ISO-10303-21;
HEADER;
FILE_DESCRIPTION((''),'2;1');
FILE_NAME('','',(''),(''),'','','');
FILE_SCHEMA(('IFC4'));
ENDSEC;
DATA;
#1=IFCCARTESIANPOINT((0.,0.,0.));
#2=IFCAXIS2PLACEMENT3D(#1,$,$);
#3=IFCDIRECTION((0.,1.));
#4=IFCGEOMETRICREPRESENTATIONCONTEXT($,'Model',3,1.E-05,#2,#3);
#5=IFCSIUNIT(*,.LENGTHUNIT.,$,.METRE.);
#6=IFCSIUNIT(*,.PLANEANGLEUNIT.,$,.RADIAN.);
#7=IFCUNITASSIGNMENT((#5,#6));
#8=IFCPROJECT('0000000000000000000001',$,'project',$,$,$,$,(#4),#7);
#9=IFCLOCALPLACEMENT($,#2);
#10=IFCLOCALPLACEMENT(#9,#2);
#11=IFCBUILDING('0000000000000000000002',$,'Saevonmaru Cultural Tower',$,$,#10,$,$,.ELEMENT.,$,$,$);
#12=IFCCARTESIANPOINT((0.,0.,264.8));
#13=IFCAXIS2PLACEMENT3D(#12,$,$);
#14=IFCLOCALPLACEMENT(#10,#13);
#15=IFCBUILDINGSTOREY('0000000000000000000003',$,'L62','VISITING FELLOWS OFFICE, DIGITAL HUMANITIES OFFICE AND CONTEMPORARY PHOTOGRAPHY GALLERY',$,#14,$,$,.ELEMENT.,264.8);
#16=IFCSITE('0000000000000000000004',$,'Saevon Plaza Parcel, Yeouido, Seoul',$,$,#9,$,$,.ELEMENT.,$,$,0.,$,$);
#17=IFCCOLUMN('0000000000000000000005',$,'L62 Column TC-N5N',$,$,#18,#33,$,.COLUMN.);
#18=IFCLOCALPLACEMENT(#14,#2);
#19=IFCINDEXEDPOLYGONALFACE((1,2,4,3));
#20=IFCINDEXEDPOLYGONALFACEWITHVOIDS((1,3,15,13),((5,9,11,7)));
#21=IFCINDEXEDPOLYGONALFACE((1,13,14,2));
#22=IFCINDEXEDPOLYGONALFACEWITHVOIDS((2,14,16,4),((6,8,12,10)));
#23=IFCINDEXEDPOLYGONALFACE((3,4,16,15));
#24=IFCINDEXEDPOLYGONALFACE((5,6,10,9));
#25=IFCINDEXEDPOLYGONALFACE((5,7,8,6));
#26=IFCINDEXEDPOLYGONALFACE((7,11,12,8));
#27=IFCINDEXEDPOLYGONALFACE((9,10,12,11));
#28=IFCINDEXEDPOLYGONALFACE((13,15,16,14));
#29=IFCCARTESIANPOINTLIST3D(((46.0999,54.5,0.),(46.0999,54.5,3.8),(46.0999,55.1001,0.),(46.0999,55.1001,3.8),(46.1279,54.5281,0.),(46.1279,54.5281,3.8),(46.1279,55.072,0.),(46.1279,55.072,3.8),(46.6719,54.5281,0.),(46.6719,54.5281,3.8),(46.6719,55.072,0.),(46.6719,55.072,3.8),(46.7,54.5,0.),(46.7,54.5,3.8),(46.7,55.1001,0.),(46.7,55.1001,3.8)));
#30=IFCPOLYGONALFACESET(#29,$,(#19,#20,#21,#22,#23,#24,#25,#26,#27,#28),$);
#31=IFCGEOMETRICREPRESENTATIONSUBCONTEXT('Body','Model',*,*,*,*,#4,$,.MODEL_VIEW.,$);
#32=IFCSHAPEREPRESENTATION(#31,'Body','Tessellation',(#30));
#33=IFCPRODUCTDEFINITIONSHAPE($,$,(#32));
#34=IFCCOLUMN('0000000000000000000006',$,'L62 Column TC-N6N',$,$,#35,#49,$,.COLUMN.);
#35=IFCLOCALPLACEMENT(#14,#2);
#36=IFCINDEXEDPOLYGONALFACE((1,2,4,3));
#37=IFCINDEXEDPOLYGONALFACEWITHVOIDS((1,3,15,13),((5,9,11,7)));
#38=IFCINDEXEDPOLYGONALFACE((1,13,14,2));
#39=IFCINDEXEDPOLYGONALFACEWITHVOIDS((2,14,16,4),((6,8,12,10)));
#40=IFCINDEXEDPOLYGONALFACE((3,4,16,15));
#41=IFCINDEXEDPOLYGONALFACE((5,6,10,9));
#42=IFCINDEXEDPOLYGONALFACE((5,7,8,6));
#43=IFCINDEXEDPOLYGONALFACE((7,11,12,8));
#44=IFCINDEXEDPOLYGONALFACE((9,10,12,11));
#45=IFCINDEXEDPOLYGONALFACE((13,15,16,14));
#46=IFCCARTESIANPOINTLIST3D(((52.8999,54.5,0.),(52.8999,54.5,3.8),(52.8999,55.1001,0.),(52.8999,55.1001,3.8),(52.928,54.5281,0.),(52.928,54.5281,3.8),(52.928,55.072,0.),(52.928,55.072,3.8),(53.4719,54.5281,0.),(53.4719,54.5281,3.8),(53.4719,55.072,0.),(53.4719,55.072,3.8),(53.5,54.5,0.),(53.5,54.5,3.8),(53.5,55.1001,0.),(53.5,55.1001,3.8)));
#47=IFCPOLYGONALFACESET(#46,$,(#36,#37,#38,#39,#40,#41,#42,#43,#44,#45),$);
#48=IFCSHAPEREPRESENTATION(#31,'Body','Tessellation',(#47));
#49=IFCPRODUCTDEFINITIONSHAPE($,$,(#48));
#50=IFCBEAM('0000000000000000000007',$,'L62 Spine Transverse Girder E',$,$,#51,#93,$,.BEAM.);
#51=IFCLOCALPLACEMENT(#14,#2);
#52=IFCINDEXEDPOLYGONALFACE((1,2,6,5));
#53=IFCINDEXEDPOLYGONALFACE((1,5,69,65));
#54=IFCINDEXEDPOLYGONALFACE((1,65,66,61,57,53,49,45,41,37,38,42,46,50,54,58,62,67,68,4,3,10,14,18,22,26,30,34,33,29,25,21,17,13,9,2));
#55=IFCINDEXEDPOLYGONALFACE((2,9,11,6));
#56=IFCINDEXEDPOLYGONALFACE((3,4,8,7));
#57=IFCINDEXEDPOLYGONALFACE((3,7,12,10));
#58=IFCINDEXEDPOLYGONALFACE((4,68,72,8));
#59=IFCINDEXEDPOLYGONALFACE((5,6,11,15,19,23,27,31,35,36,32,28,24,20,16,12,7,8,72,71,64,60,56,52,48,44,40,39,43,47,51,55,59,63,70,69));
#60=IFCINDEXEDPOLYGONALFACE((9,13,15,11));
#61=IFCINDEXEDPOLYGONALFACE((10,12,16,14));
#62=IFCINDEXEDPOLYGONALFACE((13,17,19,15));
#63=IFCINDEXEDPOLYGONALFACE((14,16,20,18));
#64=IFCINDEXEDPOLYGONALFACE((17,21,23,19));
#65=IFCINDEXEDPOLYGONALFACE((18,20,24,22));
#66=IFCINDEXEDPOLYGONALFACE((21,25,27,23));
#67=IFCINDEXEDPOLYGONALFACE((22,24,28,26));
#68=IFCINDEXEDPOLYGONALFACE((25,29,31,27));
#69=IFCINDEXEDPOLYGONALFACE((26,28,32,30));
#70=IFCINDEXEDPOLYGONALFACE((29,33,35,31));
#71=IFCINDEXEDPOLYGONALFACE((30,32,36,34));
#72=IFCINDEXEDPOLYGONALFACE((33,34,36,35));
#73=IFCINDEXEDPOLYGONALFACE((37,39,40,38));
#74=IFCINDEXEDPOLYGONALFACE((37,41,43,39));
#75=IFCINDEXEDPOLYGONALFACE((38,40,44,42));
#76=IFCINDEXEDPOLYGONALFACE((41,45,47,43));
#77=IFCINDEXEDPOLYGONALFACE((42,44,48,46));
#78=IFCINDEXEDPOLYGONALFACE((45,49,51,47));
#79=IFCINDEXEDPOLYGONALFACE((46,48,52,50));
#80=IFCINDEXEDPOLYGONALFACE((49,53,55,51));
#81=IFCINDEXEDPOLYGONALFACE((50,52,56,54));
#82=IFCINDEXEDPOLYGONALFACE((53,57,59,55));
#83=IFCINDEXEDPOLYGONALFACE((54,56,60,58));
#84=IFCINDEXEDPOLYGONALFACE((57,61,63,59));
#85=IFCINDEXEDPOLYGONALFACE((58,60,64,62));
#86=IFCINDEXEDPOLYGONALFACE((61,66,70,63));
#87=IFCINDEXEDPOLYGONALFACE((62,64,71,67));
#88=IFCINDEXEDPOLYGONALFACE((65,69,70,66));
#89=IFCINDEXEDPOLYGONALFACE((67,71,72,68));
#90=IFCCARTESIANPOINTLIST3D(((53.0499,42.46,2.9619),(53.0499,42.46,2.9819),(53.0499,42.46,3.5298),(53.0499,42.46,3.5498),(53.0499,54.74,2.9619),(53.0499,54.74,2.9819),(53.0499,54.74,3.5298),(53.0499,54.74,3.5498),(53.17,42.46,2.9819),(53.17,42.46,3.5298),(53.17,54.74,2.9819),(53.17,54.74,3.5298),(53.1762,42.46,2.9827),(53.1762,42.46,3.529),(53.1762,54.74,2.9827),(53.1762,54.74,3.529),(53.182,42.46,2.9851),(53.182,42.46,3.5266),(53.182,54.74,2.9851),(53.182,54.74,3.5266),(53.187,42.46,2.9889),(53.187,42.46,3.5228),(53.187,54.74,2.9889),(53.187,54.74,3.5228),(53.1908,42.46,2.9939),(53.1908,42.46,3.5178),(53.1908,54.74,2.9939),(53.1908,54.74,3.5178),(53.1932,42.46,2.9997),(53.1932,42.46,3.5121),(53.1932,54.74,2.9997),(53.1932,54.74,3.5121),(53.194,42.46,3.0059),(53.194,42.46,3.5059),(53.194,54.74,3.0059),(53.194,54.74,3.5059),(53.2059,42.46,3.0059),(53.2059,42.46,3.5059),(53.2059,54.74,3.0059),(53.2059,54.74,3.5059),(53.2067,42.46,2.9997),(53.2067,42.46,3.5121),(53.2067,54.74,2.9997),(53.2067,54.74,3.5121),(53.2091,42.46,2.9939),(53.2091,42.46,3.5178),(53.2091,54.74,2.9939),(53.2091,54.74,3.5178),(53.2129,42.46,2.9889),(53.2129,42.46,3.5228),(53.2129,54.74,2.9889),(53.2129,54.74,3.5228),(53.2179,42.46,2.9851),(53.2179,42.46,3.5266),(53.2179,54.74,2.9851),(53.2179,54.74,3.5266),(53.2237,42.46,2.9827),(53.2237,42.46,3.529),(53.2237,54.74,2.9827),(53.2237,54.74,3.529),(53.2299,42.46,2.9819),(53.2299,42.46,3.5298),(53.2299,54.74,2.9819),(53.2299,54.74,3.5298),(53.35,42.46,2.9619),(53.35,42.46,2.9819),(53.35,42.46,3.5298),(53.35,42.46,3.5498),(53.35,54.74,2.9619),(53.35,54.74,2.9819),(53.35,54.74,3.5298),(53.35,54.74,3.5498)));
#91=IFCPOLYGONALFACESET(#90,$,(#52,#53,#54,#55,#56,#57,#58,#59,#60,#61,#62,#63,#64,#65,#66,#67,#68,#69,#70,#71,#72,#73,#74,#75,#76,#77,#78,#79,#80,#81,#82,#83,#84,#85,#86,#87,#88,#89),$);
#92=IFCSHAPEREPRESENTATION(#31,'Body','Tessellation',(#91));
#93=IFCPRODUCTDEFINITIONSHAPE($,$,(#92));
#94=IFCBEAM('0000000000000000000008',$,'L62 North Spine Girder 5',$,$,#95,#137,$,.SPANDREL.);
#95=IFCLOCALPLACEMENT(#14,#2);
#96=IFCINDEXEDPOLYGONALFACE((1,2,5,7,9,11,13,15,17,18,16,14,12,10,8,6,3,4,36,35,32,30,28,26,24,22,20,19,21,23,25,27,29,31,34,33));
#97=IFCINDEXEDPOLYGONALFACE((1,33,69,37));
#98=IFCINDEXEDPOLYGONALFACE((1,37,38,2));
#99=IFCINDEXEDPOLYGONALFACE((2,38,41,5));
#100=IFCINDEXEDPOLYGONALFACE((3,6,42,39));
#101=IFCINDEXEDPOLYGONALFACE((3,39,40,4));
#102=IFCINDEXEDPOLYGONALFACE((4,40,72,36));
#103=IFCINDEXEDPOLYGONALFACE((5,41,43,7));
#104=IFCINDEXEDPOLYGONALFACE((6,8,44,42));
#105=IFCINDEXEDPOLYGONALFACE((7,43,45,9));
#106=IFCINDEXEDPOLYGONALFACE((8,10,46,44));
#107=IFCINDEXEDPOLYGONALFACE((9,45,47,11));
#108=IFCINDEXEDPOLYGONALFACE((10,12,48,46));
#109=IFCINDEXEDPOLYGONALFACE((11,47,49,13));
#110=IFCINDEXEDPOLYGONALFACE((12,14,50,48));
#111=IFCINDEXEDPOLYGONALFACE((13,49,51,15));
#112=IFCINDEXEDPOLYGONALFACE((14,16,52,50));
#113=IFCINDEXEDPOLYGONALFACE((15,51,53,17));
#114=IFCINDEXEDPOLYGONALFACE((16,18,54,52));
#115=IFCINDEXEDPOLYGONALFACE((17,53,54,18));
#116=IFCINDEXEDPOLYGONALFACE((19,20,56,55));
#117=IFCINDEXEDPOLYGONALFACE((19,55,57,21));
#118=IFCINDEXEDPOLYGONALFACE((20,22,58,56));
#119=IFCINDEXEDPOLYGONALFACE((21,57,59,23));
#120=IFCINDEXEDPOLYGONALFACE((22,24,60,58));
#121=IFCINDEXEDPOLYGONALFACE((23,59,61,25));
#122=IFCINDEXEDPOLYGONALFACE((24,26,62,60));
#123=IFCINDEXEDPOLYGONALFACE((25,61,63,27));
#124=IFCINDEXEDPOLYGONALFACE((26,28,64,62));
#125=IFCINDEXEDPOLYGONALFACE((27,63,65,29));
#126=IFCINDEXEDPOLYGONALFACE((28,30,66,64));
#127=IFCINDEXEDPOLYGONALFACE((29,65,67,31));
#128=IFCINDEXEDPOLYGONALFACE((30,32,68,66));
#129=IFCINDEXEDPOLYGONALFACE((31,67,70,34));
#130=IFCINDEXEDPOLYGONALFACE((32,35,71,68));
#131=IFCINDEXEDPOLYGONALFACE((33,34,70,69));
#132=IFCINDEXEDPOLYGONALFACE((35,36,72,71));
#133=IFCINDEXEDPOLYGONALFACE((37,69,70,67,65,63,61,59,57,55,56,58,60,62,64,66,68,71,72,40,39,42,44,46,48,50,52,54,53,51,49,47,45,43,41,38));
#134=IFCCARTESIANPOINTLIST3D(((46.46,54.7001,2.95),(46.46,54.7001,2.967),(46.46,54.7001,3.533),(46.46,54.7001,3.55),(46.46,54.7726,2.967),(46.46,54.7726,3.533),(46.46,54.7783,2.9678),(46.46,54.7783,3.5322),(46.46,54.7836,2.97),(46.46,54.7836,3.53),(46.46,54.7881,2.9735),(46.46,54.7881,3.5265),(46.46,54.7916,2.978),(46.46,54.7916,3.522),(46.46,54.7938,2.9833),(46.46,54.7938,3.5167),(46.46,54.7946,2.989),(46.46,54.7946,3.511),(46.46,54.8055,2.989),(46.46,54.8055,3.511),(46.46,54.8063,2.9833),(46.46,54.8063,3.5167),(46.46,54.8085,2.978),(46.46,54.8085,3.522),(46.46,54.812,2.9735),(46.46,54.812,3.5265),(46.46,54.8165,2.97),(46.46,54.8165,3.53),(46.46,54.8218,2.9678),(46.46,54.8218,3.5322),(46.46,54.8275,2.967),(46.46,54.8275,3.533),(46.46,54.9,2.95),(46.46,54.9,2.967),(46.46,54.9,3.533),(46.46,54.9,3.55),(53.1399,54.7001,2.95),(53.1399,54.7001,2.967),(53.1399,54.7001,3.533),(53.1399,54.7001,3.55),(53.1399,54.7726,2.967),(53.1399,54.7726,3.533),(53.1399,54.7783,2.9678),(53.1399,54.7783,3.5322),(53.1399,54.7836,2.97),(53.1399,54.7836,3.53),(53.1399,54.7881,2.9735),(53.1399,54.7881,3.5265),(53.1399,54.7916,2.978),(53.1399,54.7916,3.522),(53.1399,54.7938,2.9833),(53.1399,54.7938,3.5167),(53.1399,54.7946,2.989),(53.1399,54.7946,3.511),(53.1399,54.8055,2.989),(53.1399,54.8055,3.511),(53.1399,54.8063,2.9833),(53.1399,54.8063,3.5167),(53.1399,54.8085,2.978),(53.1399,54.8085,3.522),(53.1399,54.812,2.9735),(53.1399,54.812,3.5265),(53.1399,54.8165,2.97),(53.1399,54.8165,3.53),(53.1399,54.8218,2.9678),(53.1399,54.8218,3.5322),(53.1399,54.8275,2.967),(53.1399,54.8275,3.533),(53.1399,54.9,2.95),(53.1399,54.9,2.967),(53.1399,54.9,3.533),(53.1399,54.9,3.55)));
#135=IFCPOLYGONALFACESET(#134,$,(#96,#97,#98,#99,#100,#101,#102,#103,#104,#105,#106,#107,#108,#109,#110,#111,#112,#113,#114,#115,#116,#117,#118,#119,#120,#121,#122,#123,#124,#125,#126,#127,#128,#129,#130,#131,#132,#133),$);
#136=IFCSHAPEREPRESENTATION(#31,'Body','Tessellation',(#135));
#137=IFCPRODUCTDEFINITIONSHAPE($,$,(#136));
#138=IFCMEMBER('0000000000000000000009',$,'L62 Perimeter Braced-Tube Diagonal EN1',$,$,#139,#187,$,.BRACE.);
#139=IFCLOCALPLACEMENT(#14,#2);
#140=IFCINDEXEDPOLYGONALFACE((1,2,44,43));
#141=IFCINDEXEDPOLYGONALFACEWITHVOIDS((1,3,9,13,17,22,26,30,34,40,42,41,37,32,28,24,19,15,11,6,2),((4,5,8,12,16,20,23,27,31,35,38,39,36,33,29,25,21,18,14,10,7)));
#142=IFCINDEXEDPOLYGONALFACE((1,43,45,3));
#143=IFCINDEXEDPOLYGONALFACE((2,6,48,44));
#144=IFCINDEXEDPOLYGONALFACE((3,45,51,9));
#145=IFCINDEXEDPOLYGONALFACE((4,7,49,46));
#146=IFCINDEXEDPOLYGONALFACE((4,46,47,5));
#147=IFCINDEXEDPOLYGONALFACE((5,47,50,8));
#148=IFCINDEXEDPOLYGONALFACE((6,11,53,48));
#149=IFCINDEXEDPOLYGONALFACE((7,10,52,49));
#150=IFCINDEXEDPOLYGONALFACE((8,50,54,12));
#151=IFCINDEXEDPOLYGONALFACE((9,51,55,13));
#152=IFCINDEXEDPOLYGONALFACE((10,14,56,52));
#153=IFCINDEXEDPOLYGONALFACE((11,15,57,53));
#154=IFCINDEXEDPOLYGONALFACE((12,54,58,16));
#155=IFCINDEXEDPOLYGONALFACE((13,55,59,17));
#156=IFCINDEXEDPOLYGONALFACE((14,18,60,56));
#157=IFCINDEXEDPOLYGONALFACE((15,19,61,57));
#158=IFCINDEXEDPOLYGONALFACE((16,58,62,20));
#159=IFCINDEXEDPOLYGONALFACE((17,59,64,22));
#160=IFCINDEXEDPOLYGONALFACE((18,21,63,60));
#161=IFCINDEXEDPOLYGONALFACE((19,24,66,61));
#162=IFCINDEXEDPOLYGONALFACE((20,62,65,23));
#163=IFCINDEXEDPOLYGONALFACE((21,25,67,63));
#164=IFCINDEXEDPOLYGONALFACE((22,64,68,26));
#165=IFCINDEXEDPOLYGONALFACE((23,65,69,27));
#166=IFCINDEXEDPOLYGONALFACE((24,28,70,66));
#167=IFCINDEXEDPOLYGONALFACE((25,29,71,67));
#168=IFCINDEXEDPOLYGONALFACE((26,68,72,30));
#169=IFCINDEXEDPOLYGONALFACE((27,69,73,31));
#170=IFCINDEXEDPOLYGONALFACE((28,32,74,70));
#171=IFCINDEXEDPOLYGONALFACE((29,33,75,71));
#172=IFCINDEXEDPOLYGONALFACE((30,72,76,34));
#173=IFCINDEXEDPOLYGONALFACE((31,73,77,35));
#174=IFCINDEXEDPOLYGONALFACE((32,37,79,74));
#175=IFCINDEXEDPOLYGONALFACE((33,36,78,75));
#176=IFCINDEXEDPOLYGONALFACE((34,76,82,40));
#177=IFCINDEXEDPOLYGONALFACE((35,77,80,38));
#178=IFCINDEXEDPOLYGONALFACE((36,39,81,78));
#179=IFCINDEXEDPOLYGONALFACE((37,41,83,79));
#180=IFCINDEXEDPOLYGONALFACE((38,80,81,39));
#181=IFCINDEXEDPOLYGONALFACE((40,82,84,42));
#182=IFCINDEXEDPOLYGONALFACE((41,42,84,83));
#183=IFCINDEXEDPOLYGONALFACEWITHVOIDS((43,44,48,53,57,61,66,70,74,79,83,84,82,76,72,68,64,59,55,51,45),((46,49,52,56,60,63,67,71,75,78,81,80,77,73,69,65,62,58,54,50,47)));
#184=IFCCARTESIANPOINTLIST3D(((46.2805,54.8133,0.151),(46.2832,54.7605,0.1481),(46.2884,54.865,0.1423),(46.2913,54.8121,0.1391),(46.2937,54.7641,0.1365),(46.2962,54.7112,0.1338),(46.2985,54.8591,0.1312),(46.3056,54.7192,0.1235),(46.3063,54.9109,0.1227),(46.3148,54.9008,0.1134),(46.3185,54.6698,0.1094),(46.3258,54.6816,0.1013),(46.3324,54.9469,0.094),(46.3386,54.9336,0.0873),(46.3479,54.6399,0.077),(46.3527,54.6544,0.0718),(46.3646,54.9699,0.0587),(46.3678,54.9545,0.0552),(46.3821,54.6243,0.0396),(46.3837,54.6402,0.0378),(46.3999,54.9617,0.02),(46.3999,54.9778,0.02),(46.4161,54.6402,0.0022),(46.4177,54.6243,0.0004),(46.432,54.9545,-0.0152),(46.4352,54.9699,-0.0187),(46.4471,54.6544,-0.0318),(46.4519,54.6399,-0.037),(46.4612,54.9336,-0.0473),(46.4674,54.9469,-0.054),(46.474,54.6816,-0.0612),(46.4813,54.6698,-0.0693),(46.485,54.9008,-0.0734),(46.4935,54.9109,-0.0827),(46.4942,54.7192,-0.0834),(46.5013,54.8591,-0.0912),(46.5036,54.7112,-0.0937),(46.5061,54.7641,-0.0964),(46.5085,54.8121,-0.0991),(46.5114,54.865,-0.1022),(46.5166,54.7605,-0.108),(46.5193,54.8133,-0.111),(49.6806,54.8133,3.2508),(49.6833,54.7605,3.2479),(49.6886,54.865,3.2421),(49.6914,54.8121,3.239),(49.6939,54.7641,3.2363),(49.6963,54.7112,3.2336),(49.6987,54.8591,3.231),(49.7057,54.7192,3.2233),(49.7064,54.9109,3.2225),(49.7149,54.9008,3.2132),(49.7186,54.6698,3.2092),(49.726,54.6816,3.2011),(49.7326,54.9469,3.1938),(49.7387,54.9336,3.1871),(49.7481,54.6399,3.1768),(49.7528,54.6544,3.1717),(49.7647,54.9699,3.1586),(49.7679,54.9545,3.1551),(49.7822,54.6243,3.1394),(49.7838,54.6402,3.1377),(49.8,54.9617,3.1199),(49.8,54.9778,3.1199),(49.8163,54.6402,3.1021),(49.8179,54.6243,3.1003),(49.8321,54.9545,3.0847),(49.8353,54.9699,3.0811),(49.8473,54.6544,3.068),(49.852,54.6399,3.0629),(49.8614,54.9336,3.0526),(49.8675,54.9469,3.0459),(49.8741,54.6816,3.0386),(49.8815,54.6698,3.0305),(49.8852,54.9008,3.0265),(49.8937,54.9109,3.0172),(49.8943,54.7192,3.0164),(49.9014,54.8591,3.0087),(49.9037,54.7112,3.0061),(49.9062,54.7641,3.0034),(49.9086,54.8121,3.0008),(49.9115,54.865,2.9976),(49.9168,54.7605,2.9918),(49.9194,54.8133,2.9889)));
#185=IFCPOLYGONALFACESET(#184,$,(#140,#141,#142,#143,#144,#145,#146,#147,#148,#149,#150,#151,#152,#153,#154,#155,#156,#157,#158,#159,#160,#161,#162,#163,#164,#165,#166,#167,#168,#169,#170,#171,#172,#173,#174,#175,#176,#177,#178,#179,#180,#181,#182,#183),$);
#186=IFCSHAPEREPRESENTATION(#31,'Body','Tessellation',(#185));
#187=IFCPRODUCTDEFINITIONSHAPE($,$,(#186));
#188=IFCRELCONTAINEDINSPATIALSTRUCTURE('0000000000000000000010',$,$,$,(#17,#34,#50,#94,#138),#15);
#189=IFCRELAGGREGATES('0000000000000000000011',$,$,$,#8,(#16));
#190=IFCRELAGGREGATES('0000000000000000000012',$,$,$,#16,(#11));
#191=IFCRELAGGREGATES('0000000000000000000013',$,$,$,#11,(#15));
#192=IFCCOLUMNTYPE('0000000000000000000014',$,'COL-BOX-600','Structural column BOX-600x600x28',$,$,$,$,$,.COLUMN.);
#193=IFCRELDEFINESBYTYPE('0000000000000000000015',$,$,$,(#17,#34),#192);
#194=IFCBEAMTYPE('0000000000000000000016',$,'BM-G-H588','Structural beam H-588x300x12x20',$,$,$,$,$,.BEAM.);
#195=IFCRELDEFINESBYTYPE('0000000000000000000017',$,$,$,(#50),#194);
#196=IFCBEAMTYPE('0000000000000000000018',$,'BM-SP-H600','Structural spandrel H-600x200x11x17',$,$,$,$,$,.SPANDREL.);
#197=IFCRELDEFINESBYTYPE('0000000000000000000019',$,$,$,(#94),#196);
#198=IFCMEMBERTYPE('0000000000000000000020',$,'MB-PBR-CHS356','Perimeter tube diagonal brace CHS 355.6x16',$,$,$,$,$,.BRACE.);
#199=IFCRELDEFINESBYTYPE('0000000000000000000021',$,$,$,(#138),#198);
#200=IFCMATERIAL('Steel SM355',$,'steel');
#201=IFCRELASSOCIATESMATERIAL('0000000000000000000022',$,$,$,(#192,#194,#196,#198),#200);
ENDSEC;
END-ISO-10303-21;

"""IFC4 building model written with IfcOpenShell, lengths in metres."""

from ifc_helpers import new_model, si_unit, direction, frame, origin, origin_2d, place, context, subcontext, project, spatial, hollow_rectangle, hollow_circle, i_section, extrude, material, material_profile, profile_set, type_object, element, save


model = new_model("IFC4")

# Units and contexts
model_context = context("Model", 3, precision=1e-05, world=origin(), true_north=direction((0.0, 1.0)))
body_context = subcontext(model_context, "Body", "Model", "MODEL_VIEW")
ifc_project = project(units=[si_unit("LENGTHUNIT", "METRE"), si_unit("PLANEANGLEUNIT", "RADIAN")], contexts=[model_context])

# Site, building, storey
site_placement = place(None, origin())
site = spatial("IfcSite", under=ifc_project, at=site_placement, Name="Saevon Plaza Parcel, Yeouido, Seoul", CompositionType="ELEMENT", RefElevation=0.0)
building_placement = place(site_placement, origin())
building = spatial("IfcBuilding", under=site, at=building_placement, Name="Saevonmaru Cultural Tower", CompositionType="ELEMENT")
storey_placement = place(building_placement, frame((0.0, 0.0, 264.8)))
storey = spatial("IfcBuildingStorey", under=building, at=storey_placement, Name="L62", Description="VISITING FELLOWS OFFICE, DIGITAL HUMANITIES OFFICE AND CONTEMPORARY PHOTOGRAPHY GALLERY", CompositionType="ELEMENT", Elevation=264.8)

# Columns
ifc_material_1 = material(Name="Steel SM355", Category="steel")
ifc_material_profile_1 = material_profile(ifc_material_1, hollow_rectangle(XDim=0.6001, YDim=0.6001, WallThickness=0.0281, at=origin_2d()), Name="BOX-600x600x28")
ifc_profile_set_1 = profile_set([ifc_material_profile_1], Name="Steel SM355")
column_type = type_object("IfcColumnType", Name="COL-BOX-600", Description="Structural column BOX-600x600x28", PredefinedType="COLUMN", material=ifc_profile_set_1)
for number, where, z_axis, x_axis, name in (
    (1, (46.3999, 54.8, 0.0), (0.0, 0.0, 1.0), (1.0, 0.0, 0.0), "L62 Column TC-N5N"),
    (2, (53.2, 54.8, 0.0), (0.0, 0.0, 1.0), (1.0, 0.0, 0.0), "L62 Column TC-N6N"),
):
    element("IfcColumn", number, at=place(storey_placement, frame(where, z_axis=z_axis, x_axis=x_axis)), inside=storey, type_object=column_type, Name=name, PredefinedType="COLUMN", context=body_context, shape_type="SweptSolid", body=[
        extrude(hollow_rectangle(XDim=0.6001, YDim=0.6001, WallThickness=0.0281, at=origin_2d()), origin(), (0.0, 0.0, 1.0), 3.8),
    ])

# Beams
ifc_material_profile_2 = material_profile(ifc_material_1, i_section(OverallWidth=0.3, OverallDepth=0.5879, WebThickness=0.012, FlangeThickness=0.02, FilletRadius=0.0239, at=origin_2d()), Name="H-588x300x12x20")
ifc_profile_set_2 = profile_set([ifc_material_profile_2], Name="Steel SM355")
beam_type_1 = type_object("IfcBeamType", Name="BM-G-H588", Description="Structural beam H-588x300x12x20", PredefinedType="BEAM", material=ifc_profile_set_2)
beam_1_placement = place(storey_placement, frame((53.2, 54.74, 3.2559), z_axis=(0.0, -1.0, 0.0), x_axis=(1.0, 0.0, 0.0)))
element("IfcBeam", 3, at=beam_1_placement, inside=storey, type_object=beam_type_1, Name="L62 Spine Transverse Girder E", PredefinedType="BEAM", context=body_context, shape_type="SweptSolid", body=[
    extrude(i_section(OverallWidth=0.3, OverallDepth=0.5879, WebThickness=0.012, FlangeThickness=0.02, FilletRadius=0.0239, at=origin_2d()), origin(), (0.0, 0.0, 1.0), 12.28),
])
ifc_material_profile_3 = material_profile(ifc_material_1, i_section(OverallWidth=0.2, OverallDepth=0.6001, WebThickness=0.011, FlangeThickness=0.0171, FilletRadius=0.022, at=origin_2d()), Name="H-600x200x11x17")
ifc_profile_set_3 = profile_set([ifc_material_profile_3], Name="Steel SM355")
beam_type_2 = type_object("IfcBeamType", Name="BM-SP-H600", Description="Structural spandrel H-600x200x11x17", PredefinedType="SPANDREL", material=ifc_profile_set_3)
beam_2_placement = place(storey_placement, frame((46.46, 54.8, 3.25), z_axis=(1.0, 0.0, 0.0), x_axis=(0.0, 1.0, 0.0)))
element("IfcBeam", 4, at=beam_2_placement, inside=storey, type_object=beam_type_2, Name="L62 North Spine Girder 5", PredefinedType="SPANDREL", context=body_context, shape_type="SweptSolid", body=[
    extrude(i_section(OverallWidth=0.2, OverallDepth=0.6001, WebThickness=0.011, FlangeThickness=0.0171, FilletRadius=0.022, at=origin_2d()), origin(), (0.0, 0.0, 1.0), 6.6799),
])

# Member
ifc_material_profile_4 = material_profile(ifc_material_1, hollow_circle(Radius=0.1777, WallThickness=0.0161, at=origin_2d()), Name="CHS-355.6x16")
ifc_profile_set_4 = profile_set([ifc_material_profile_4], Name="Steel SM355")
member_type_1 = type_object("IfcMemberType", Name="MB-PBR-CHS356", Description="Perimeter tube diagonal brace CHS 355.6x16", PredefinedType="BRACE", material=ifc_profile_set_4)
member_1_placement = place(storey_placement, frame((46.3999, 54.8, 0.02), z_axis=(0.738986, 0.0, 0.673721), x_axis=(0.0, 1.0, 0.0)))
element("IfcMember", 5, at=member_1_placement, inside=storey, type_object=member_type_1, Name="L62 Perimeter Braced-Tube Diagonal EN1", PredefinedType="BRACE", context=body_context, shape_type="SweptSolid", body=[
    extrude(hollow_circle(Radius=0.1777, WallThickness=0.0161, at=origin_2d()), origin(), (0.0, 0.0, 1.0), 4.6011),
])

save(model, "model.ifc")
